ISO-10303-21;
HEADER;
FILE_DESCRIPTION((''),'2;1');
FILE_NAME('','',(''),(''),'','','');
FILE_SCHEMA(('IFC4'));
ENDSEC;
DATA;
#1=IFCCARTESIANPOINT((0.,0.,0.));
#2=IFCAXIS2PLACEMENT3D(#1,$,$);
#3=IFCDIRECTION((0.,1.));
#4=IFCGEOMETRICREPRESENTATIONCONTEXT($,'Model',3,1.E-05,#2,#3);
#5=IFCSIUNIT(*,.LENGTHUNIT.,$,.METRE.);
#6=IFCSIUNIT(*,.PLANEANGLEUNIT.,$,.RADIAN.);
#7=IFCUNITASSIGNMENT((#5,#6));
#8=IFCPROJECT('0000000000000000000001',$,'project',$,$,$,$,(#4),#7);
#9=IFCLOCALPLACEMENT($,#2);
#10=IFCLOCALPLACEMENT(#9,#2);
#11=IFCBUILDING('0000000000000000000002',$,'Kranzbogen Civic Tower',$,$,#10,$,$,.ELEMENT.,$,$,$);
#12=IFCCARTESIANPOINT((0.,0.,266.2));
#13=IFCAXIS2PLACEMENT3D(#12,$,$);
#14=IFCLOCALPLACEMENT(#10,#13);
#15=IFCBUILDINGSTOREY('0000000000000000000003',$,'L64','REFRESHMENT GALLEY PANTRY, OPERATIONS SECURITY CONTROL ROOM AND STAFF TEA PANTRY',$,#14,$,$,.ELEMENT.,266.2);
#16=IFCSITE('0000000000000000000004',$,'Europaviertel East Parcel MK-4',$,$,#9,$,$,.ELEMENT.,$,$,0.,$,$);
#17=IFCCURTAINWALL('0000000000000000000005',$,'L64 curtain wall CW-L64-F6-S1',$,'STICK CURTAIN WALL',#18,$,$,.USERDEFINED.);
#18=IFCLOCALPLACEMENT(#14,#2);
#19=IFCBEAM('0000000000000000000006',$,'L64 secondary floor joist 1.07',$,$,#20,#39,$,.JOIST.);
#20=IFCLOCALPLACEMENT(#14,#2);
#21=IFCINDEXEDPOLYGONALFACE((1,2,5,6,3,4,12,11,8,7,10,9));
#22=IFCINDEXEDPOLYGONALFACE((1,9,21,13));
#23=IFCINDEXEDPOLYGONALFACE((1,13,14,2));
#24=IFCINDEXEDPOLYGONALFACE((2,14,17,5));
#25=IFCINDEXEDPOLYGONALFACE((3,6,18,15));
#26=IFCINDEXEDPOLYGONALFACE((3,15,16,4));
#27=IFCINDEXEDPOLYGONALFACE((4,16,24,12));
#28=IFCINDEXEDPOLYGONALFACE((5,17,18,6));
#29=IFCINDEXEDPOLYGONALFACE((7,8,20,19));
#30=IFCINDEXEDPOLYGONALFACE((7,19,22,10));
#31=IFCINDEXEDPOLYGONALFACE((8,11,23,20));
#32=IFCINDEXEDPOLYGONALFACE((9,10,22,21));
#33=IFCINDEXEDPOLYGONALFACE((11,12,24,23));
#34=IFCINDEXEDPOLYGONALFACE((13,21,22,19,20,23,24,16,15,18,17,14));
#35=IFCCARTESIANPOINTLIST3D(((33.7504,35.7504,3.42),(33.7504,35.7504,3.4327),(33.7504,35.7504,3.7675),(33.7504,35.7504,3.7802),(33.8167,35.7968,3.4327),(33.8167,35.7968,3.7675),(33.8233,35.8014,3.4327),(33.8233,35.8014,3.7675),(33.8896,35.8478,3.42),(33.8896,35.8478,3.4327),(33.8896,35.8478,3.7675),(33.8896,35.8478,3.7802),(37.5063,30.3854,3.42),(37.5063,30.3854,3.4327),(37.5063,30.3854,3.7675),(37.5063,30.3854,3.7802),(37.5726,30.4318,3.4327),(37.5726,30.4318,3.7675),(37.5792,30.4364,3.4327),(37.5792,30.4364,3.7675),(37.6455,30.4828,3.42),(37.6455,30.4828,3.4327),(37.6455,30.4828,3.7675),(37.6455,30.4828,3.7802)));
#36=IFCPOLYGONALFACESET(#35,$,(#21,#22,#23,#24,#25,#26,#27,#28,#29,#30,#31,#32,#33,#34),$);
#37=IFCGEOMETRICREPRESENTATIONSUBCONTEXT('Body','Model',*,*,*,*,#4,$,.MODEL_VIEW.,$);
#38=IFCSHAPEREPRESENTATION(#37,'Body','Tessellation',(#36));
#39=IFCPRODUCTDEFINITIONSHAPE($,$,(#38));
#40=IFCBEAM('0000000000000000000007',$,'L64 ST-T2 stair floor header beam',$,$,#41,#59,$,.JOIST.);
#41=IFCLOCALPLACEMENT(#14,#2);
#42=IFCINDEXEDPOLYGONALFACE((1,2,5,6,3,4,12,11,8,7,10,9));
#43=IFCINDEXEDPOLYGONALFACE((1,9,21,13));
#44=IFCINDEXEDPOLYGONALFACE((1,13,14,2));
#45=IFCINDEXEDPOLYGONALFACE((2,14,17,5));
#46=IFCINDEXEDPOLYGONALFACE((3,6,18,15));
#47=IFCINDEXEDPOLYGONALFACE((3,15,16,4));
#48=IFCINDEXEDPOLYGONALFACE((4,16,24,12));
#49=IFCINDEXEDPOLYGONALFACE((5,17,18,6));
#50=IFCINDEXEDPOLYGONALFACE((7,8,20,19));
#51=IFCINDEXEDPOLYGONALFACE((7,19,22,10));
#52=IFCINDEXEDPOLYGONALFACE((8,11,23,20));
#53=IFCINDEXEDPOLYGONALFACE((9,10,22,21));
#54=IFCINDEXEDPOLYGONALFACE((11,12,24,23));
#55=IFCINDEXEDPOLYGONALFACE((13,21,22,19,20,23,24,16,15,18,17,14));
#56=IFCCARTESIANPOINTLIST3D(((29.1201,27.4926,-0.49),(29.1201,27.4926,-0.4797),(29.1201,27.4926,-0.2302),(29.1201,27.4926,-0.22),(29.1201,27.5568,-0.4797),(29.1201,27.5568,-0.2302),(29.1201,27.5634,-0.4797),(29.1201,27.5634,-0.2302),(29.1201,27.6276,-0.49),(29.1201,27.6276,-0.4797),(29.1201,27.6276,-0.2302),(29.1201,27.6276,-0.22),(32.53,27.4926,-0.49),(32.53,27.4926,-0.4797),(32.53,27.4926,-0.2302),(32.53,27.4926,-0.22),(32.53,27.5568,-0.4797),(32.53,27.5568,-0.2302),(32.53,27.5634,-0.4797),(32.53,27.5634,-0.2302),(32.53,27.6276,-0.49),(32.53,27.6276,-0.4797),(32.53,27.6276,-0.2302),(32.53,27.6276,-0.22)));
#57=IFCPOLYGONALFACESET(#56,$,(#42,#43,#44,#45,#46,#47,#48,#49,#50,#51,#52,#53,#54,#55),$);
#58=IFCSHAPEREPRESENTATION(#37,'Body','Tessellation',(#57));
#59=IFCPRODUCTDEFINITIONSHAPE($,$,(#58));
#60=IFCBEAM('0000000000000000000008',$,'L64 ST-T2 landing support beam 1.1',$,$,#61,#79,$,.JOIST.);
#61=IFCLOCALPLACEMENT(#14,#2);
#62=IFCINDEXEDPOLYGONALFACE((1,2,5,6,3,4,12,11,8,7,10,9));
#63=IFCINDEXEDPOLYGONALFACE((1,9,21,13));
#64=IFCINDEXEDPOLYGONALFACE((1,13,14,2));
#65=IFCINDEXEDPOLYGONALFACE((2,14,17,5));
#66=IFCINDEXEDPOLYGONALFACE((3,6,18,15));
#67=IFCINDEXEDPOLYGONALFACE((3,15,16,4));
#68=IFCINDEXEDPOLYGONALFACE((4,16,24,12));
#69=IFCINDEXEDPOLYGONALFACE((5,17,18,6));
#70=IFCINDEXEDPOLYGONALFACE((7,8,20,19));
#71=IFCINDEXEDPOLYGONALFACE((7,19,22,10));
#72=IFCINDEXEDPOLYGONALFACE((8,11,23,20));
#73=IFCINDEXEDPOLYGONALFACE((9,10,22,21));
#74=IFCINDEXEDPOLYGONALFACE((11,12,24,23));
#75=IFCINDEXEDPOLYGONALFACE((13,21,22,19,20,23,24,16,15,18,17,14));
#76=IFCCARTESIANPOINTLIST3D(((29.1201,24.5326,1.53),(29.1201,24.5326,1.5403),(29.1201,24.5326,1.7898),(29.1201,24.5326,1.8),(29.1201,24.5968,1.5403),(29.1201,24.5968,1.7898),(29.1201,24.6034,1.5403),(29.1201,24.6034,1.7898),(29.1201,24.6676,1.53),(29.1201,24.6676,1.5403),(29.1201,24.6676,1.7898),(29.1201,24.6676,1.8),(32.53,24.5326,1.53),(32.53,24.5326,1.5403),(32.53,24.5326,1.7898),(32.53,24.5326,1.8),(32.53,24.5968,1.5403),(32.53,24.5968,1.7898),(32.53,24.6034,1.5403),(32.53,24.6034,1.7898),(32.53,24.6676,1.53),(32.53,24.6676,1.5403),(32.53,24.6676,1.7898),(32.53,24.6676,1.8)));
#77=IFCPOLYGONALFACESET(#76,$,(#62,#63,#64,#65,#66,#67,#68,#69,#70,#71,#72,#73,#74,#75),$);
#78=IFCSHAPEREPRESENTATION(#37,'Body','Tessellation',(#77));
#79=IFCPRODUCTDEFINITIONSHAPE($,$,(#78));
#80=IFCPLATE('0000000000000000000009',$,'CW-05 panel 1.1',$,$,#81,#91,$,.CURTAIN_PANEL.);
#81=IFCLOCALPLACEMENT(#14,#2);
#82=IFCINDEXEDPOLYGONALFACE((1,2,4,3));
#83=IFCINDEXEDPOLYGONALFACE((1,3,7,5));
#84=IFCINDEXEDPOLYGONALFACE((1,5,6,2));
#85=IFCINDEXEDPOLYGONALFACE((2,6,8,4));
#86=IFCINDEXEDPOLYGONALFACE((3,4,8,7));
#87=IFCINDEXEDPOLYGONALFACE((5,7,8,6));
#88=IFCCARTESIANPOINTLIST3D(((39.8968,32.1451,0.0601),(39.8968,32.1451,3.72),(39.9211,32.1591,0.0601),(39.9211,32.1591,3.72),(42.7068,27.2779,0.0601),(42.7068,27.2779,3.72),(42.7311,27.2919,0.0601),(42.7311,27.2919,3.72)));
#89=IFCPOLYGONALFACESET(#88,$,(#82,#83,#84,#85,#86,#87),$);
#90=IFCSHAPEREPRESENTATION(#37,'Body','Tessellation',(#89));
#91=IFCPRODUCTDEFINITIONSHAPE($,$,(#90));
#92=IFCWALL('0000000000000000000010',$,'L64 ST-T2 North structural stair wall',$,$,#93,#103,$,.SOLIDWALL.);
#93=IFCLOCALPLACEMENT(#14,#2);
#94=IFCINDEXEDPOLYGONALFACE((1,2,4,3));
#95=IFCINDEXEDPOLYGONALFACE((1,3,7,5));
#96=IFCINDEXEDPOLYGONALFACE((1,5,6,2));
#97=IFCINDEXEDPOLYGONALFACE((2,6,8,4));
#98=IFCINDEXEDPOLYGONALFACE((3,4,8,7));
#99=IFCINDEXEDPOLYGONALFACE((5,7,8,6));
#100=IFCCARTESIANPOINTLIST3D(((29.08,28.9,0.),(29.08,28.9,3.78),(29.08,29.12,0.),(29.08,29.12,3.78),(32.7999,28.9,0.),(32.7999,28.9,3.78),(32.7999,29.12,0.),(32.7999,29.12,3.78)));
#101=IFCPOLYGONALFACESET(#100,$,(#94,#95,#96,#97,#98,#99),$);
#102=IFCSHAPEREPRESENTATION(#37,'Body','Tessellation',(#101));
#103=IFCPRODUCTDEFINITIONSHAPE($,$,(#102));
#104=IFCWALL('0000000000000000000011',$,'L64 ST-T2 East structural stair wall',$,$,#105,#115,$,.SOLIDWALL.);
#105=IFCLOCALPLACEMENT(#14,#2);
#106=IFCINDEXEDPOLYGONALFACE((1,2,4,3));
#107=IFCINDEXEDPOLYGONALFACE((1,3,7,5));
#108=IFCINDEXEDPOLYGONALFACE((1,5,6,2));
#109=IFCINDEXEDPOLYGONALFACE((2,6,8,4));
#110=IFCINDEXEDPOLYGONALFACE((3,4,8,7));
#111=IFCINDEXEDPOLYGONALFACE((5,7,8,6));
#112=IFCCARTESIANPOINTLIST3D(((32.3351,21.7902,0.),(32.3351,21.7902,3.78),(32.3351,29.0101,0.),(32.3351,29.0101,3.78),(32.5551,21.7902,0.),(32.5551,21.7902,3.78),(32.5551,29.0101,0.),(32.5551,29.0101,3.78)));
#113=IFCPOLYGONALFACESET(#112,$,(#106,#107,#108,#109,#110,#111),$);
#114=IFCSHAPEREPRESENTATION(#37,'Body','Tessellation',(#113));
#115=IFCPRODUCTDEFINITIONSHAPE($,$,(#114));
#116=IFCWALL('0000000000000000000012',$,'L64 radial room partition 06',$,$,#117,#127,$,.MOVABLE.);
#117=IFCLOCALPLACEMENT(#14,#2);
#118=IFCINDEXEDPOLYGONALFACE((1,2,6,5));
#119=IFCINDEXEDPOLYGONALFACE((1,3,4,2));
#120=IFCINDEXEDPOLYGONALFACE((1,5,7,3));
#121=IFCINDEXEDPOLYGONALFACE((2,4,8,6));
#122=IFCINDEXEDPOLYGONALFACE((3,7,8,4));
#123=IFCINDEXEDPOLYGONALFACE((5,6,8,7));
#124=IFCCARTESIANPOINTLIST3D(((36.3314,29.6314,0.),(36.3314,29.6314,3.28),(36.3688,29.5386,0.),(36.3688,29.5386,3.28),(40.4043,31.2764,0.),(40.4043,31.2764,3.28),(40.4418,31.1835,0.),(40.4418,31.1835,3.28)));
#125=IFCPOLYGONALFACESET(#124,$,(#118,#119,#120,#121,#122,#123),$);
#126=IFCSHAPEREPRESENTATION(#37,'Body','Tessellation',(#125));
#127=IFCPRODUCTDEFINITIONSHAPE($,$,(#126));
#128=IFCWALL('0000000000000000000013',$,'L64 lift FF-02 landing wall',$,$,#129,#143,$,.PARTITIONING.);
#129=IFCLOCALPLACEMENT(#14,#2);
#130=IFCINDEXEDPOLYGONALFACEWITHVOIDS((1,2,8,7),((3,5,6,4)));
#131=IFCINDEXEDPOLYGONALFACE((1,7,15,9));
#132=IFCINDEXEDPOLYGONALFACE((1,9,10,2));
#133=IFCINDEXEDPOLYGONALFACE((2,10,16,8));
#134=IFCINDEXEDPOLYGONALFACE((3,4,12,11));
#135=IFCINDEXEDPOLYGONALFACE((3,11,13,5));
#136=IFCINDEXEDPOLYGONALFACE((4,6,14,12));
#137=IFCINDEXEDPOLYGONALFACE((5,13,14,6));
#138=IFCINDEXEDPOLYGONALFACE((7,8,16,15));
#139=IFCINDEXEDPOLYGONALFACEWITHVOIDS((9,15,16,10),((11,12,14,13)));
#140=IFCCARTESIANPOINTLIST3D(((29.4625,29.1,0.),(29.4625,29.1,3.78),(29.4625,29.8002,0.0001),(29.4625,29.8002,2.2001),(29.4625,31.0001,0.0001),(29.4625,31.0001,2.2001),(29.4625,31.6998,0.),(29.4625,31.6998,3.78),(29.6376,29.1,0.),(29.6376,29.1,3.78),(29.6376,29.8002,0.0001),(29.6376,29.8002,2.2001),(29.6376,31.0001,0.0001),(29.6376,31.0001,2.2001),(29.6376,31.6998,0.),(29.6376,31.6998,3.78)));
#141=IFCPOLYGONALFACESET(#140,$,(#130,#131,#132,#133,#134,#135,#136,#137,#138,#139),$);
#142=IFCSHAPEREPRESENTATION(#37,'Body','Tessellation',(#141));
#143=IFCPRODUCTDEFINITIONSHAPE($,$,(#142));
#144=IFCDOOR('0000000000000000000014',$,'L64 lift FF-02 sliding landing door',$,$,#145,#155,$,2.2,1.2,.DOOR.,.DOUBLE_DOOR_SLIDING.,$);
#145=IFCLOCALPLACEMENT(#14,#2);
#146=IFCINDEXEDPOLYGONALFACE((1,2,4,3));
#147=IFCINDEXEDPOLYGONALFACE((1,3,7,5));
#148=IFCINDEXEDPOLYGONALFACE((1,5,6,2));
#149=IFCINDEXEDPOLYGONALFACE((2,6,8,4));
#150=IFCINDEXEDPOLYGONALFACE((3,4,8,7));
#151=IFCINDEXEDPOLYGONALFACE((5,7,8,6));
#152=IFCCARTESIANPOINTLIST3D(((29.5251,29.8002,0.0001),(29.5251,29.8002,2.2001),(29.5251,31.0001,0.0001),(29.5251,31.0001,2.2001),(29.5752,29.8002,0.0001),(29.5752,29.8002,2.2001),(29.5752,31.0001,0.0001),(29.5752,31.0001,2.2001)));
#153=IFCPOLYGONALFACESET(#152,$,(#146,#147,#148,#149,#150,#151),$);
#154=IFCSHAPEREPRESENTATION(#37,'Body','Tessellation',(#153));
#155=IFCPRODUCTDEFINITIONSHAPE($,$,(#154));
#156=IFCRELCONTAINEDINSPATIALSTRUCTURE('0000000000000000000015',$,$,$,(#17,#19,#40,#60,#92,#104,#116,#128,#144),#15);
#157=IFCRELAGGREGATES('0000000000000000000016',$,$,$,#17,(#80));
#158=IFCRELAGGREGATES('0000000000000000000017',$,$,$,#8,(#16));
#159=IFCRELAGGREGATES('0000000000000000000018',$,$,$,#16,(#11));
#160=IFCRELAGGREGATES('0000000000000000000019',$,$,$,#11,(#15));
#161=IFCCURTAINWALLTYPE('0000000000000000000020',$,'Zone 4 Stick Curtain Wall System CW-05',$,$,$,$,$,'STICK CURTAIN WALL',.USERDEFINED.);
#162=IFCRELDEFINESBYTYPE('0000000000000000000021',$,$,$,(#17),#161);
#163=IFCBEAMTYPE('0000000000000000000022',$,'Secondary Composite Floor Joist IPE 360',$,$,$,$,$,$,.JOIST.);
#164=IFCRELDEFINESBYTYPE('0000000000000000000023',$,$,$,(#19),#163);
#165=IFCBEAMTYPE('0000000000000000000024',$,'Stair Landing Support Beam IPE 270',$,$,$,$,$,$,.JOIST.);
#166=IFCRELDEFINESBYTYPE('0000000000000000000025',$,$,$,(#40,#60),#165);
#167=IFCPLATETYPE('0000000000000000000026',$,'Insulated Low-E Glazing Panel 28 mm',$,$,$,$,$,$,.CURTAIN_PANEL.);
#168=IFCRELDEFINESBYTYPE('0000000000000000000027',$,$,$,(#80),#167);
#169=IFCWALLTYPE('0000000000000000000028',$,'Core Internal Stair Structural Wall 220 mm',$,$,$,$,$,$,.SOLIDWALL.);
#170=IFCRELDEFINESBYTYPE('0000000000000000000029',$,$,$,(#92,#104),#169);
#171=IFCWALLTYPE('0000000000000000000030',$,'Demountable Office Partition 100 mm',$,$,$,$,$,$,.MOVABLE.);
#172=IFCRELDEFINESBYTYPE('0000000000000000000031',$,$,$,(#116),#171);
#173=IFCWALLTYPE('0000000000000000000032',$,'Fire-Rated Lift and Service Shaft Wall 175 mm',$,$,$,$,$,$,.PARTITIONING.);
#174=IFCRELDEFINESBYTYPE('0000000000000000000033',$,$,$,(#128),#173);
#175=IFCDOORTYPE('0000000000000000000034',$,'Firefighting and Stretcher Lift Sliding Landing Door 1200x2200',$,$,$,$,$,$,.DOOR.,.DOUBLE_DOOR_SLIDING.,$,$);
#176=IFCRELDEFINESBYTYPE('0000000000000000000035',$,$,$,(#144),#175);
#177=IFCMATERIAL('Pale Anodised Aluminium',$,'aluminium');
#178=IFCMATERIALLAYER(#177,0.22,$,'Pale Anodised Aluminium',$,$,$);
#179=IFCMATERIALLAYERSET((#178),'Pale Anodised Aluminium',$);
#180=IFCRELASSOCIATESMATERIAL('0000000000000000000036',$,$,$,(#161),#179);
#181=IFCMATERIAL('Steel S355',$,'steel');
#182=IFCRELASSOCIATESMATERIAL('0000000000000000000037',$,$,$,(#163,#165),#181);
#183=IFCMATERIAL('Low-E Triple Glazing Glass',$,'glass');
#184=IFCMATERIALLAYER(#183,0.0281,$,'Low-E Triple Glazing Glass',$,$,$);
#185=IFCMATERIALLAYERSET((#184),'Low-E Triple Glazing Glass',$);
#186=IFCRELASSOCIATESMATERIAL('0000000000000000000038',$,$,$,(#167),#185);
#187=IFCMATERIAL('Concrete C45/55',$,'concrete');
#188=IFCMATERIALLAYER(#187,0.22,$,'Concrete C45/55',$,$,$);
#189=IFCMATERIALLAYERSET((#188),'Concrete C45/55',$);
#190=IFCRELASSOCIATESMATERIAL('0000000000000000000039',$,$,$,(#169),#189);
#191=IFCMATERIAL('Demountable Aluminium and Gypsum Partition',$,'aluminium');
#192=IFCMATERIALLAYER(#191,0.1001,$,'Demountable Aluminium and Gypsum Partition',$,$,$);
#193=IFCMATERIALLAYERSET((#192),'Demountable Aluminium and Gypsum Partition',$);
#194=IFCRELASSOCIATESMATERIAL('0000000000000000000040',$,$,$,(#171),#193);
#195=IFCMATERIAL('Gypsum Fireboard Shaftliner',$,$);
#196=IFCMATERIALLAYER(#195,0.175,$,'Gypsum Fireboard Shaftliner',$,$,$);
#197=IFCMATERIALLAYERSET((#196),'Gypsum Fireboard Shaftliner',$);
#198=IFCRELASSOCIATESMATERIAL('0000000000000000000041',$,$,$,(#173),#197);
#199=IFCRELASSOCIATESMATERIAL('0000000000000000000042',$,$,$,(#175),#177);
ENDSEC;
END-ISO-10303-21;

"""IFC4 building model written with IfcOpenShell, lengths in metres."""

from ifc_helpers import new_model, si_unit, direction, frame, frame_2d, origin, origin_2d, place, context, subcontext, project, spatial, rectangle, i_section, extrude, material, layer, layer_set, material_profile, profile_set, type_object, element, fill, aggregate, save


model = new_model("IFC4")

# Units and contexts
model_context = context("Model", 3, precision=1e-05, world=origin(), true_north=direction((0.0, 1.0)))
body_context = subcontext(model_context, "Body", "Model", "MODEL_VIEW")
ifc_project = project(units=[si_unit("LENGTHUNIT", "METRE"), si_unit("PLANEANGLEUNIT", "RADIAN")], contexts=[model_context])

# Site, building, storey
site_placement = place(None, origin())
site = spatial("IfcSite", under=ifc_project, at=site_placement, Name="Europaviertel East Parcel MK-4", CompositionType="ELEMENT", RefElevation=0.0)
building_placement = place(site_placement, origin())
building = spatial("IfcBuilding", under=site, at=building_placement, Name="Kranzbogen Civic Tower", CompositionType="ELEMENT")
storey_placement = place(building_placement, frame((0.0, 0.0, 266.2)))
storey = spatial("IfcBuildingStorey", under=building, at=storey_placement, Name="L64", Description="REFRESHMENT GALLEY PANTRY, OPERATIONS SECURITY CONTROL ROOM AND STAFF TEA PANTRY", CompositionType="ELEMENT", Elevation=266.2)

# Shared definitions
ifc_material_1 = material(Name="Steel S355", Category="steel")

# Curtain wall
ifc_material_2 = material(Name="Pale Anodised Aluminium", Category="aluminium")
ifc_layer_1 = layer(ifc_material_2, 0.22, Name="Pale Anodised Aluminium")
ifc_layer_set_1 = layer_set([ifc_layer_1], Name="Pale Anodised Aluminium")
curtain_wall_type = type_object("IfcCurtainWallType", Name="Zone 4 Stick Curtain Wall System CW-05", ElementType="STICK CURTAIN WALL", PredefinedType="USERDEFINED", material=ifc_layer_set_1)
curtain_wall_placement = place(storey_placement, origin())
curtain_wall = element("IfcCurtainWall", 1, at=curtain_wall_placement, inside=storey, type_object=curtain_wall_type, Name="L64 curtain wall CW-L64-F6-S1", ObjectType="STICK CURTAIN WALL", PredefinedType="USERDEFINED")

# Beams
ifc_material_profile_1 = material_profile(ifc_material_1, i_section(OverallWidth=0.1699, OverallDepth=0.3601, WebThickness=0.0081, FlangeThickness=0.0127, at=origin_2d()), Name="IPE 360")
ifc_profile_set_1 = profile_set([ifc_material_profile_1], Name="Steel S355")
beam_type_1 = type_object("IfcBeamType", Name="Secondary Composite Floor Joist IPE 360", PredefinedType="JOIST", material=ifc_profile_set_1)
beam_1_placement = place(storey_placement, frame((37.5759, 30.4341, 3.6001), z_axis=(-0.5735, 0.819206, 0.0), x_axis=(-0.819206, -0.5735, 0.0)))
element("IfcBeam", 2, at=beam_1_placement, inside=storey, type_object=beam_type_1, Name="L64 secondary floor joist 1.07", PredefinedType="JOIST", context=body_context, shape_type="SweptSolid", body=[
    extrude(i_section(OverallWidth=0.1699, OverallDepth=0.3601, WebThickness=0.0081, FlangeThickness=0.0127, at=origin_2d()), origin(), (0.0, 0.0, 1.0), 6.5491),
])
ifc_material_profile_2 = material_profile(ifc_material_1, i_section(OverallWidth=0.135, OverallDepth=0.27, WebThickness=0.0066, FlangeThickness=0.0103, at=origin_2d()), Name="IPE 270")
ifc_profile_set_2 = profile_set([ifc_material_profile_2], Name="Steel S355")
beam_type_2 = type_object("IfcBeamType", Name="Stair Landing Support Beam IPE 270", PredefinedType="JOIST", material=ifc_profile_set_2)
for number, where, z_axis, x_axis, name in (
    (3, (29.1201, 27.5601, -0.355), (1.0, 0.0, 0.0), (0.0, 1.0, 0.0), "L64 ST-T2 stair floor header beam"),
    (4, (29.1201, 24.6001, 1.665), (1.0, 0.0, 0.0), (0.0, 1.0, 0.0), "L64 ST-T2 landing support beam 1.1"),
):
    element("IfcBeam", number, at=place(storey_placement, frame(where, z_axis=z_axis, x_axis=x_axis)), inside=storey, type_object=beam_type_2, Name=name, PredefinedType="JOIST", context=body_context, shape_type="SweptSolid", body=[
        extrude(i_section(OverallWidth=0.135, OverallDepth=0.27, WebThickness=0.0066, FlangeThickness=0.0103, at=origin_2d()), origin(), (0.0, 0.0, 1.0), 3.4099),
    ])

# Plate
ifc_material_3 = material(Name="Low-E Triple Glazing Glass", Category="glass")
ifc_layer_2 = layer(ifc_material_3, 0.0281, Name="Low-E Triple Glazing Glass")
ifc_layer_set_2 = layer_set([ifc_layer_2], Name="Low-E Triple Glazing Glass")
plate_type = type_object("IfcPlateType", Name="Insulated Low-E Glazing Panel 28 mm", PredefinedType="CURTAIN_PANEL", material=ifc_layer_set_2)
plate_placement = place(storey_placement, frame((41.314, 29.7185, 0.0601), z_axis=(0.0, 0.0, 1.0), x_axis=(-0.499999, 0.866026, 0.0)))
plate = element("IfcPlate", 5, at=plate_placement, type_object=plate_type, Name="CW-05 panel 1.1", PredefinedType="CURTAIN_PANEL", context=body_context, shape_type="SweptSolid", body=[
    extrude(rectangle(XDim=5.6201, YDim=0.0281, at=origin_2d()), origin(), (0.0, 0.0, 1.0), 3.6599),
])
aggregate(curtain_wall, [plate])

# Walls
ifc_material_4 = material(Name="Concrete C45/55", Category="concrete")
ifc_layer_3 = layer(ifc_material_4, 0.22, Name="Concrete C45/55")
ifc_layer_set_3 = layer_set([ifc_layer_3], Name="Concrete C45/55")
wall_type_1 = type_object("IfcWallType", Name="Core Internal Stair Structural Wall 220 mm", PredefinedType="SOLIDWALL", material=ifc_layer_set_3)
wall_1_placement = place(storey_placement, frame((29.0801, 29.01, 0.0), z_axis=(0.0, 0.0, 1.0), x_axis=(1.0, 0.0, 0.0)))
element("IfcWall", 6, at=wall_1_placement, inside=storey, type_object=wall_type_1, Name="L64 ST-T2 North structural stair wall", PredefinedType="SOLIDWALL", context=body_context, shape_type="SweptSolid", body=[
    extrude(rectangle(XDim=3.72, YDim=0.22, at=frame_2d((1.8599, 0.0))), origin(), (0.0, 0.0, 1.0), 3.78),
])
wall_2_placement = place(storey_placement, frame((32.4451, 29.01, 0.0), z_axis=(0.0, 0.0, 1.0), x_axis=(0.0, -1.0, 0.0)))
element("IfcWall", 7, at=wall_2_placement, inside=storey, type_object=wall_type_1, Name="L64 ST-T2 East structural stair wall", PredefinedType="SOLIDWALL", context=body_context, shape_type="SweptSolid", body=[
    extrude(rectangle(XDim=7.22, YDim=0.22, at=frame_2d((3.6099, 0.0))), origin(), (0.0, 0.0, 1.0), 3.78),
])
ifc_material_5 = material(Name="Demountable Aluminium and Gypsum Partition", Category="aluminium")
ifc_layer_4 = layer(ifc_material_5, 0.1001, Name="Demountable Aluminium and Gypsum Partition")
ifc_layer_set_4 = layer_set([ifc_layer_4], Name="Demountable Aluminium and Gypsum Partition")
wall_type_2 = type_object("IfcWallType", Name="Demountable Office Partition 100 mm", PredefinedType="MOVABLE", material=ifc_layer_set_4)
wall_3_placement = place(storey_placement, frame((36.3501, 29.585, 0.0), z_axis=(0.0, 0.0, 1.0), x_axis=(0.92723, 0.374493, 0.0)))
element("IfcWall", 8, at=wall_3_placement, inside=storey, type_object=wall_type_2, Name="L64 radial room partition 06", PredefinedType="MOVABLE", context=body_context, shape_type="SweptSolid", body=[
    extrude(rectangle(XDim=4.3926, YDim=0.1001, at=frame_2d((2.1963, 0.0))), origin(), (0.0, 0.0, 1.0), 3.28),
])

# Wall, opening, door
ifc_material_6 = material(Name="Gypsum Fireboard Shaftliner")
ifc_layer_5 = layer(ifc_material_6, 0.175, Name="Gypsum Fireboard Shaftliner")
ifc_layer_set_5 = layer_set([ifc_layer_5], Name="Gypsum Fireboard Shaftliner")
wall_type_3 = type_object("IfcWallType", Name="Fire-Rated Lift and Service Shaft Wall 175 mm", PredefinedType="PARTITIONING", material=ifc_layer_set_5)
wall_4_placement = place(storey_placement, frame((29.55, 29.1001, 0.0), z_axis=(0.0, 0.0, 1.0), x_axis=(0.0, 1.0, 0.0)))
wall_4 = element("IfcWall", 9, at=wall_4_placement, inside=storey, type_object=wall_type_3, Name="L64 lift FF-02 landing wall", PredefinedType="PARTITIONING", context=body_context, shape_type="SweptSolid", body=[
    extrude(rectangle(XDim=2.5999, YDim=0.175, at=frame_2d((1.2998, 0.0))), origin(), (0.0, 0.0, 1.0), 3.78),
])
opening_placement = place(wall_4_placement, frame((0.7, 0.0, 0.0)))
opening = element("IfcOpeningElement", 10, at=opening_placement, cuts=wall_4, PredefinedType="OPENING", context=body_context, shape_type="SweptSolid", body=[
    extrude(rectangle(XDim=1.2, YDim=2.2, at=frame_2d((0.6001, 1.1001))), frame((0.0, 0.0977, 0.0), z_axis=(0.0, -1.0, 0.0), x_axis=(1.0, 0.0, 0.0)), (0.0, 0.0, 1.0), 0.1951),
])
door_type = type_object("IfcDoorType", Name="Firefighting and Stretcher Lift Sliding Landing Door 1200x2200", OperationType="DOUBLE_DOOR_SLIDING", PredefinedType="DOOR", material=ifc_material_2)
door_placement = place(opening_placement, origin())
door = element("IfcDoor", 11, at=door_placement, inside=storey, type_object=door_type, Name="L64 lift FF-02 sliding landing door", OperationType="DOUBLE_DOOR_SLIDING", OverallHeight=2.2, OverallWidth=1.2, PredefinedType="DOOR", context=body_context, shape_type="SweptSolid", body=[
    extrude(rectangle(XDim=1.2, YDim=2.2, at=frame_2d((0.6001, 1.1001))), frame((0.0, 0.0249, 0.0), z_axis=(0.0, -1.0, 0.0), x_axis=(1.0, 0.0, 0.0)), (0.0, 0.0, 1.0), 0.05),
])
fill(opening, door)

save(model, "model.ifc")
